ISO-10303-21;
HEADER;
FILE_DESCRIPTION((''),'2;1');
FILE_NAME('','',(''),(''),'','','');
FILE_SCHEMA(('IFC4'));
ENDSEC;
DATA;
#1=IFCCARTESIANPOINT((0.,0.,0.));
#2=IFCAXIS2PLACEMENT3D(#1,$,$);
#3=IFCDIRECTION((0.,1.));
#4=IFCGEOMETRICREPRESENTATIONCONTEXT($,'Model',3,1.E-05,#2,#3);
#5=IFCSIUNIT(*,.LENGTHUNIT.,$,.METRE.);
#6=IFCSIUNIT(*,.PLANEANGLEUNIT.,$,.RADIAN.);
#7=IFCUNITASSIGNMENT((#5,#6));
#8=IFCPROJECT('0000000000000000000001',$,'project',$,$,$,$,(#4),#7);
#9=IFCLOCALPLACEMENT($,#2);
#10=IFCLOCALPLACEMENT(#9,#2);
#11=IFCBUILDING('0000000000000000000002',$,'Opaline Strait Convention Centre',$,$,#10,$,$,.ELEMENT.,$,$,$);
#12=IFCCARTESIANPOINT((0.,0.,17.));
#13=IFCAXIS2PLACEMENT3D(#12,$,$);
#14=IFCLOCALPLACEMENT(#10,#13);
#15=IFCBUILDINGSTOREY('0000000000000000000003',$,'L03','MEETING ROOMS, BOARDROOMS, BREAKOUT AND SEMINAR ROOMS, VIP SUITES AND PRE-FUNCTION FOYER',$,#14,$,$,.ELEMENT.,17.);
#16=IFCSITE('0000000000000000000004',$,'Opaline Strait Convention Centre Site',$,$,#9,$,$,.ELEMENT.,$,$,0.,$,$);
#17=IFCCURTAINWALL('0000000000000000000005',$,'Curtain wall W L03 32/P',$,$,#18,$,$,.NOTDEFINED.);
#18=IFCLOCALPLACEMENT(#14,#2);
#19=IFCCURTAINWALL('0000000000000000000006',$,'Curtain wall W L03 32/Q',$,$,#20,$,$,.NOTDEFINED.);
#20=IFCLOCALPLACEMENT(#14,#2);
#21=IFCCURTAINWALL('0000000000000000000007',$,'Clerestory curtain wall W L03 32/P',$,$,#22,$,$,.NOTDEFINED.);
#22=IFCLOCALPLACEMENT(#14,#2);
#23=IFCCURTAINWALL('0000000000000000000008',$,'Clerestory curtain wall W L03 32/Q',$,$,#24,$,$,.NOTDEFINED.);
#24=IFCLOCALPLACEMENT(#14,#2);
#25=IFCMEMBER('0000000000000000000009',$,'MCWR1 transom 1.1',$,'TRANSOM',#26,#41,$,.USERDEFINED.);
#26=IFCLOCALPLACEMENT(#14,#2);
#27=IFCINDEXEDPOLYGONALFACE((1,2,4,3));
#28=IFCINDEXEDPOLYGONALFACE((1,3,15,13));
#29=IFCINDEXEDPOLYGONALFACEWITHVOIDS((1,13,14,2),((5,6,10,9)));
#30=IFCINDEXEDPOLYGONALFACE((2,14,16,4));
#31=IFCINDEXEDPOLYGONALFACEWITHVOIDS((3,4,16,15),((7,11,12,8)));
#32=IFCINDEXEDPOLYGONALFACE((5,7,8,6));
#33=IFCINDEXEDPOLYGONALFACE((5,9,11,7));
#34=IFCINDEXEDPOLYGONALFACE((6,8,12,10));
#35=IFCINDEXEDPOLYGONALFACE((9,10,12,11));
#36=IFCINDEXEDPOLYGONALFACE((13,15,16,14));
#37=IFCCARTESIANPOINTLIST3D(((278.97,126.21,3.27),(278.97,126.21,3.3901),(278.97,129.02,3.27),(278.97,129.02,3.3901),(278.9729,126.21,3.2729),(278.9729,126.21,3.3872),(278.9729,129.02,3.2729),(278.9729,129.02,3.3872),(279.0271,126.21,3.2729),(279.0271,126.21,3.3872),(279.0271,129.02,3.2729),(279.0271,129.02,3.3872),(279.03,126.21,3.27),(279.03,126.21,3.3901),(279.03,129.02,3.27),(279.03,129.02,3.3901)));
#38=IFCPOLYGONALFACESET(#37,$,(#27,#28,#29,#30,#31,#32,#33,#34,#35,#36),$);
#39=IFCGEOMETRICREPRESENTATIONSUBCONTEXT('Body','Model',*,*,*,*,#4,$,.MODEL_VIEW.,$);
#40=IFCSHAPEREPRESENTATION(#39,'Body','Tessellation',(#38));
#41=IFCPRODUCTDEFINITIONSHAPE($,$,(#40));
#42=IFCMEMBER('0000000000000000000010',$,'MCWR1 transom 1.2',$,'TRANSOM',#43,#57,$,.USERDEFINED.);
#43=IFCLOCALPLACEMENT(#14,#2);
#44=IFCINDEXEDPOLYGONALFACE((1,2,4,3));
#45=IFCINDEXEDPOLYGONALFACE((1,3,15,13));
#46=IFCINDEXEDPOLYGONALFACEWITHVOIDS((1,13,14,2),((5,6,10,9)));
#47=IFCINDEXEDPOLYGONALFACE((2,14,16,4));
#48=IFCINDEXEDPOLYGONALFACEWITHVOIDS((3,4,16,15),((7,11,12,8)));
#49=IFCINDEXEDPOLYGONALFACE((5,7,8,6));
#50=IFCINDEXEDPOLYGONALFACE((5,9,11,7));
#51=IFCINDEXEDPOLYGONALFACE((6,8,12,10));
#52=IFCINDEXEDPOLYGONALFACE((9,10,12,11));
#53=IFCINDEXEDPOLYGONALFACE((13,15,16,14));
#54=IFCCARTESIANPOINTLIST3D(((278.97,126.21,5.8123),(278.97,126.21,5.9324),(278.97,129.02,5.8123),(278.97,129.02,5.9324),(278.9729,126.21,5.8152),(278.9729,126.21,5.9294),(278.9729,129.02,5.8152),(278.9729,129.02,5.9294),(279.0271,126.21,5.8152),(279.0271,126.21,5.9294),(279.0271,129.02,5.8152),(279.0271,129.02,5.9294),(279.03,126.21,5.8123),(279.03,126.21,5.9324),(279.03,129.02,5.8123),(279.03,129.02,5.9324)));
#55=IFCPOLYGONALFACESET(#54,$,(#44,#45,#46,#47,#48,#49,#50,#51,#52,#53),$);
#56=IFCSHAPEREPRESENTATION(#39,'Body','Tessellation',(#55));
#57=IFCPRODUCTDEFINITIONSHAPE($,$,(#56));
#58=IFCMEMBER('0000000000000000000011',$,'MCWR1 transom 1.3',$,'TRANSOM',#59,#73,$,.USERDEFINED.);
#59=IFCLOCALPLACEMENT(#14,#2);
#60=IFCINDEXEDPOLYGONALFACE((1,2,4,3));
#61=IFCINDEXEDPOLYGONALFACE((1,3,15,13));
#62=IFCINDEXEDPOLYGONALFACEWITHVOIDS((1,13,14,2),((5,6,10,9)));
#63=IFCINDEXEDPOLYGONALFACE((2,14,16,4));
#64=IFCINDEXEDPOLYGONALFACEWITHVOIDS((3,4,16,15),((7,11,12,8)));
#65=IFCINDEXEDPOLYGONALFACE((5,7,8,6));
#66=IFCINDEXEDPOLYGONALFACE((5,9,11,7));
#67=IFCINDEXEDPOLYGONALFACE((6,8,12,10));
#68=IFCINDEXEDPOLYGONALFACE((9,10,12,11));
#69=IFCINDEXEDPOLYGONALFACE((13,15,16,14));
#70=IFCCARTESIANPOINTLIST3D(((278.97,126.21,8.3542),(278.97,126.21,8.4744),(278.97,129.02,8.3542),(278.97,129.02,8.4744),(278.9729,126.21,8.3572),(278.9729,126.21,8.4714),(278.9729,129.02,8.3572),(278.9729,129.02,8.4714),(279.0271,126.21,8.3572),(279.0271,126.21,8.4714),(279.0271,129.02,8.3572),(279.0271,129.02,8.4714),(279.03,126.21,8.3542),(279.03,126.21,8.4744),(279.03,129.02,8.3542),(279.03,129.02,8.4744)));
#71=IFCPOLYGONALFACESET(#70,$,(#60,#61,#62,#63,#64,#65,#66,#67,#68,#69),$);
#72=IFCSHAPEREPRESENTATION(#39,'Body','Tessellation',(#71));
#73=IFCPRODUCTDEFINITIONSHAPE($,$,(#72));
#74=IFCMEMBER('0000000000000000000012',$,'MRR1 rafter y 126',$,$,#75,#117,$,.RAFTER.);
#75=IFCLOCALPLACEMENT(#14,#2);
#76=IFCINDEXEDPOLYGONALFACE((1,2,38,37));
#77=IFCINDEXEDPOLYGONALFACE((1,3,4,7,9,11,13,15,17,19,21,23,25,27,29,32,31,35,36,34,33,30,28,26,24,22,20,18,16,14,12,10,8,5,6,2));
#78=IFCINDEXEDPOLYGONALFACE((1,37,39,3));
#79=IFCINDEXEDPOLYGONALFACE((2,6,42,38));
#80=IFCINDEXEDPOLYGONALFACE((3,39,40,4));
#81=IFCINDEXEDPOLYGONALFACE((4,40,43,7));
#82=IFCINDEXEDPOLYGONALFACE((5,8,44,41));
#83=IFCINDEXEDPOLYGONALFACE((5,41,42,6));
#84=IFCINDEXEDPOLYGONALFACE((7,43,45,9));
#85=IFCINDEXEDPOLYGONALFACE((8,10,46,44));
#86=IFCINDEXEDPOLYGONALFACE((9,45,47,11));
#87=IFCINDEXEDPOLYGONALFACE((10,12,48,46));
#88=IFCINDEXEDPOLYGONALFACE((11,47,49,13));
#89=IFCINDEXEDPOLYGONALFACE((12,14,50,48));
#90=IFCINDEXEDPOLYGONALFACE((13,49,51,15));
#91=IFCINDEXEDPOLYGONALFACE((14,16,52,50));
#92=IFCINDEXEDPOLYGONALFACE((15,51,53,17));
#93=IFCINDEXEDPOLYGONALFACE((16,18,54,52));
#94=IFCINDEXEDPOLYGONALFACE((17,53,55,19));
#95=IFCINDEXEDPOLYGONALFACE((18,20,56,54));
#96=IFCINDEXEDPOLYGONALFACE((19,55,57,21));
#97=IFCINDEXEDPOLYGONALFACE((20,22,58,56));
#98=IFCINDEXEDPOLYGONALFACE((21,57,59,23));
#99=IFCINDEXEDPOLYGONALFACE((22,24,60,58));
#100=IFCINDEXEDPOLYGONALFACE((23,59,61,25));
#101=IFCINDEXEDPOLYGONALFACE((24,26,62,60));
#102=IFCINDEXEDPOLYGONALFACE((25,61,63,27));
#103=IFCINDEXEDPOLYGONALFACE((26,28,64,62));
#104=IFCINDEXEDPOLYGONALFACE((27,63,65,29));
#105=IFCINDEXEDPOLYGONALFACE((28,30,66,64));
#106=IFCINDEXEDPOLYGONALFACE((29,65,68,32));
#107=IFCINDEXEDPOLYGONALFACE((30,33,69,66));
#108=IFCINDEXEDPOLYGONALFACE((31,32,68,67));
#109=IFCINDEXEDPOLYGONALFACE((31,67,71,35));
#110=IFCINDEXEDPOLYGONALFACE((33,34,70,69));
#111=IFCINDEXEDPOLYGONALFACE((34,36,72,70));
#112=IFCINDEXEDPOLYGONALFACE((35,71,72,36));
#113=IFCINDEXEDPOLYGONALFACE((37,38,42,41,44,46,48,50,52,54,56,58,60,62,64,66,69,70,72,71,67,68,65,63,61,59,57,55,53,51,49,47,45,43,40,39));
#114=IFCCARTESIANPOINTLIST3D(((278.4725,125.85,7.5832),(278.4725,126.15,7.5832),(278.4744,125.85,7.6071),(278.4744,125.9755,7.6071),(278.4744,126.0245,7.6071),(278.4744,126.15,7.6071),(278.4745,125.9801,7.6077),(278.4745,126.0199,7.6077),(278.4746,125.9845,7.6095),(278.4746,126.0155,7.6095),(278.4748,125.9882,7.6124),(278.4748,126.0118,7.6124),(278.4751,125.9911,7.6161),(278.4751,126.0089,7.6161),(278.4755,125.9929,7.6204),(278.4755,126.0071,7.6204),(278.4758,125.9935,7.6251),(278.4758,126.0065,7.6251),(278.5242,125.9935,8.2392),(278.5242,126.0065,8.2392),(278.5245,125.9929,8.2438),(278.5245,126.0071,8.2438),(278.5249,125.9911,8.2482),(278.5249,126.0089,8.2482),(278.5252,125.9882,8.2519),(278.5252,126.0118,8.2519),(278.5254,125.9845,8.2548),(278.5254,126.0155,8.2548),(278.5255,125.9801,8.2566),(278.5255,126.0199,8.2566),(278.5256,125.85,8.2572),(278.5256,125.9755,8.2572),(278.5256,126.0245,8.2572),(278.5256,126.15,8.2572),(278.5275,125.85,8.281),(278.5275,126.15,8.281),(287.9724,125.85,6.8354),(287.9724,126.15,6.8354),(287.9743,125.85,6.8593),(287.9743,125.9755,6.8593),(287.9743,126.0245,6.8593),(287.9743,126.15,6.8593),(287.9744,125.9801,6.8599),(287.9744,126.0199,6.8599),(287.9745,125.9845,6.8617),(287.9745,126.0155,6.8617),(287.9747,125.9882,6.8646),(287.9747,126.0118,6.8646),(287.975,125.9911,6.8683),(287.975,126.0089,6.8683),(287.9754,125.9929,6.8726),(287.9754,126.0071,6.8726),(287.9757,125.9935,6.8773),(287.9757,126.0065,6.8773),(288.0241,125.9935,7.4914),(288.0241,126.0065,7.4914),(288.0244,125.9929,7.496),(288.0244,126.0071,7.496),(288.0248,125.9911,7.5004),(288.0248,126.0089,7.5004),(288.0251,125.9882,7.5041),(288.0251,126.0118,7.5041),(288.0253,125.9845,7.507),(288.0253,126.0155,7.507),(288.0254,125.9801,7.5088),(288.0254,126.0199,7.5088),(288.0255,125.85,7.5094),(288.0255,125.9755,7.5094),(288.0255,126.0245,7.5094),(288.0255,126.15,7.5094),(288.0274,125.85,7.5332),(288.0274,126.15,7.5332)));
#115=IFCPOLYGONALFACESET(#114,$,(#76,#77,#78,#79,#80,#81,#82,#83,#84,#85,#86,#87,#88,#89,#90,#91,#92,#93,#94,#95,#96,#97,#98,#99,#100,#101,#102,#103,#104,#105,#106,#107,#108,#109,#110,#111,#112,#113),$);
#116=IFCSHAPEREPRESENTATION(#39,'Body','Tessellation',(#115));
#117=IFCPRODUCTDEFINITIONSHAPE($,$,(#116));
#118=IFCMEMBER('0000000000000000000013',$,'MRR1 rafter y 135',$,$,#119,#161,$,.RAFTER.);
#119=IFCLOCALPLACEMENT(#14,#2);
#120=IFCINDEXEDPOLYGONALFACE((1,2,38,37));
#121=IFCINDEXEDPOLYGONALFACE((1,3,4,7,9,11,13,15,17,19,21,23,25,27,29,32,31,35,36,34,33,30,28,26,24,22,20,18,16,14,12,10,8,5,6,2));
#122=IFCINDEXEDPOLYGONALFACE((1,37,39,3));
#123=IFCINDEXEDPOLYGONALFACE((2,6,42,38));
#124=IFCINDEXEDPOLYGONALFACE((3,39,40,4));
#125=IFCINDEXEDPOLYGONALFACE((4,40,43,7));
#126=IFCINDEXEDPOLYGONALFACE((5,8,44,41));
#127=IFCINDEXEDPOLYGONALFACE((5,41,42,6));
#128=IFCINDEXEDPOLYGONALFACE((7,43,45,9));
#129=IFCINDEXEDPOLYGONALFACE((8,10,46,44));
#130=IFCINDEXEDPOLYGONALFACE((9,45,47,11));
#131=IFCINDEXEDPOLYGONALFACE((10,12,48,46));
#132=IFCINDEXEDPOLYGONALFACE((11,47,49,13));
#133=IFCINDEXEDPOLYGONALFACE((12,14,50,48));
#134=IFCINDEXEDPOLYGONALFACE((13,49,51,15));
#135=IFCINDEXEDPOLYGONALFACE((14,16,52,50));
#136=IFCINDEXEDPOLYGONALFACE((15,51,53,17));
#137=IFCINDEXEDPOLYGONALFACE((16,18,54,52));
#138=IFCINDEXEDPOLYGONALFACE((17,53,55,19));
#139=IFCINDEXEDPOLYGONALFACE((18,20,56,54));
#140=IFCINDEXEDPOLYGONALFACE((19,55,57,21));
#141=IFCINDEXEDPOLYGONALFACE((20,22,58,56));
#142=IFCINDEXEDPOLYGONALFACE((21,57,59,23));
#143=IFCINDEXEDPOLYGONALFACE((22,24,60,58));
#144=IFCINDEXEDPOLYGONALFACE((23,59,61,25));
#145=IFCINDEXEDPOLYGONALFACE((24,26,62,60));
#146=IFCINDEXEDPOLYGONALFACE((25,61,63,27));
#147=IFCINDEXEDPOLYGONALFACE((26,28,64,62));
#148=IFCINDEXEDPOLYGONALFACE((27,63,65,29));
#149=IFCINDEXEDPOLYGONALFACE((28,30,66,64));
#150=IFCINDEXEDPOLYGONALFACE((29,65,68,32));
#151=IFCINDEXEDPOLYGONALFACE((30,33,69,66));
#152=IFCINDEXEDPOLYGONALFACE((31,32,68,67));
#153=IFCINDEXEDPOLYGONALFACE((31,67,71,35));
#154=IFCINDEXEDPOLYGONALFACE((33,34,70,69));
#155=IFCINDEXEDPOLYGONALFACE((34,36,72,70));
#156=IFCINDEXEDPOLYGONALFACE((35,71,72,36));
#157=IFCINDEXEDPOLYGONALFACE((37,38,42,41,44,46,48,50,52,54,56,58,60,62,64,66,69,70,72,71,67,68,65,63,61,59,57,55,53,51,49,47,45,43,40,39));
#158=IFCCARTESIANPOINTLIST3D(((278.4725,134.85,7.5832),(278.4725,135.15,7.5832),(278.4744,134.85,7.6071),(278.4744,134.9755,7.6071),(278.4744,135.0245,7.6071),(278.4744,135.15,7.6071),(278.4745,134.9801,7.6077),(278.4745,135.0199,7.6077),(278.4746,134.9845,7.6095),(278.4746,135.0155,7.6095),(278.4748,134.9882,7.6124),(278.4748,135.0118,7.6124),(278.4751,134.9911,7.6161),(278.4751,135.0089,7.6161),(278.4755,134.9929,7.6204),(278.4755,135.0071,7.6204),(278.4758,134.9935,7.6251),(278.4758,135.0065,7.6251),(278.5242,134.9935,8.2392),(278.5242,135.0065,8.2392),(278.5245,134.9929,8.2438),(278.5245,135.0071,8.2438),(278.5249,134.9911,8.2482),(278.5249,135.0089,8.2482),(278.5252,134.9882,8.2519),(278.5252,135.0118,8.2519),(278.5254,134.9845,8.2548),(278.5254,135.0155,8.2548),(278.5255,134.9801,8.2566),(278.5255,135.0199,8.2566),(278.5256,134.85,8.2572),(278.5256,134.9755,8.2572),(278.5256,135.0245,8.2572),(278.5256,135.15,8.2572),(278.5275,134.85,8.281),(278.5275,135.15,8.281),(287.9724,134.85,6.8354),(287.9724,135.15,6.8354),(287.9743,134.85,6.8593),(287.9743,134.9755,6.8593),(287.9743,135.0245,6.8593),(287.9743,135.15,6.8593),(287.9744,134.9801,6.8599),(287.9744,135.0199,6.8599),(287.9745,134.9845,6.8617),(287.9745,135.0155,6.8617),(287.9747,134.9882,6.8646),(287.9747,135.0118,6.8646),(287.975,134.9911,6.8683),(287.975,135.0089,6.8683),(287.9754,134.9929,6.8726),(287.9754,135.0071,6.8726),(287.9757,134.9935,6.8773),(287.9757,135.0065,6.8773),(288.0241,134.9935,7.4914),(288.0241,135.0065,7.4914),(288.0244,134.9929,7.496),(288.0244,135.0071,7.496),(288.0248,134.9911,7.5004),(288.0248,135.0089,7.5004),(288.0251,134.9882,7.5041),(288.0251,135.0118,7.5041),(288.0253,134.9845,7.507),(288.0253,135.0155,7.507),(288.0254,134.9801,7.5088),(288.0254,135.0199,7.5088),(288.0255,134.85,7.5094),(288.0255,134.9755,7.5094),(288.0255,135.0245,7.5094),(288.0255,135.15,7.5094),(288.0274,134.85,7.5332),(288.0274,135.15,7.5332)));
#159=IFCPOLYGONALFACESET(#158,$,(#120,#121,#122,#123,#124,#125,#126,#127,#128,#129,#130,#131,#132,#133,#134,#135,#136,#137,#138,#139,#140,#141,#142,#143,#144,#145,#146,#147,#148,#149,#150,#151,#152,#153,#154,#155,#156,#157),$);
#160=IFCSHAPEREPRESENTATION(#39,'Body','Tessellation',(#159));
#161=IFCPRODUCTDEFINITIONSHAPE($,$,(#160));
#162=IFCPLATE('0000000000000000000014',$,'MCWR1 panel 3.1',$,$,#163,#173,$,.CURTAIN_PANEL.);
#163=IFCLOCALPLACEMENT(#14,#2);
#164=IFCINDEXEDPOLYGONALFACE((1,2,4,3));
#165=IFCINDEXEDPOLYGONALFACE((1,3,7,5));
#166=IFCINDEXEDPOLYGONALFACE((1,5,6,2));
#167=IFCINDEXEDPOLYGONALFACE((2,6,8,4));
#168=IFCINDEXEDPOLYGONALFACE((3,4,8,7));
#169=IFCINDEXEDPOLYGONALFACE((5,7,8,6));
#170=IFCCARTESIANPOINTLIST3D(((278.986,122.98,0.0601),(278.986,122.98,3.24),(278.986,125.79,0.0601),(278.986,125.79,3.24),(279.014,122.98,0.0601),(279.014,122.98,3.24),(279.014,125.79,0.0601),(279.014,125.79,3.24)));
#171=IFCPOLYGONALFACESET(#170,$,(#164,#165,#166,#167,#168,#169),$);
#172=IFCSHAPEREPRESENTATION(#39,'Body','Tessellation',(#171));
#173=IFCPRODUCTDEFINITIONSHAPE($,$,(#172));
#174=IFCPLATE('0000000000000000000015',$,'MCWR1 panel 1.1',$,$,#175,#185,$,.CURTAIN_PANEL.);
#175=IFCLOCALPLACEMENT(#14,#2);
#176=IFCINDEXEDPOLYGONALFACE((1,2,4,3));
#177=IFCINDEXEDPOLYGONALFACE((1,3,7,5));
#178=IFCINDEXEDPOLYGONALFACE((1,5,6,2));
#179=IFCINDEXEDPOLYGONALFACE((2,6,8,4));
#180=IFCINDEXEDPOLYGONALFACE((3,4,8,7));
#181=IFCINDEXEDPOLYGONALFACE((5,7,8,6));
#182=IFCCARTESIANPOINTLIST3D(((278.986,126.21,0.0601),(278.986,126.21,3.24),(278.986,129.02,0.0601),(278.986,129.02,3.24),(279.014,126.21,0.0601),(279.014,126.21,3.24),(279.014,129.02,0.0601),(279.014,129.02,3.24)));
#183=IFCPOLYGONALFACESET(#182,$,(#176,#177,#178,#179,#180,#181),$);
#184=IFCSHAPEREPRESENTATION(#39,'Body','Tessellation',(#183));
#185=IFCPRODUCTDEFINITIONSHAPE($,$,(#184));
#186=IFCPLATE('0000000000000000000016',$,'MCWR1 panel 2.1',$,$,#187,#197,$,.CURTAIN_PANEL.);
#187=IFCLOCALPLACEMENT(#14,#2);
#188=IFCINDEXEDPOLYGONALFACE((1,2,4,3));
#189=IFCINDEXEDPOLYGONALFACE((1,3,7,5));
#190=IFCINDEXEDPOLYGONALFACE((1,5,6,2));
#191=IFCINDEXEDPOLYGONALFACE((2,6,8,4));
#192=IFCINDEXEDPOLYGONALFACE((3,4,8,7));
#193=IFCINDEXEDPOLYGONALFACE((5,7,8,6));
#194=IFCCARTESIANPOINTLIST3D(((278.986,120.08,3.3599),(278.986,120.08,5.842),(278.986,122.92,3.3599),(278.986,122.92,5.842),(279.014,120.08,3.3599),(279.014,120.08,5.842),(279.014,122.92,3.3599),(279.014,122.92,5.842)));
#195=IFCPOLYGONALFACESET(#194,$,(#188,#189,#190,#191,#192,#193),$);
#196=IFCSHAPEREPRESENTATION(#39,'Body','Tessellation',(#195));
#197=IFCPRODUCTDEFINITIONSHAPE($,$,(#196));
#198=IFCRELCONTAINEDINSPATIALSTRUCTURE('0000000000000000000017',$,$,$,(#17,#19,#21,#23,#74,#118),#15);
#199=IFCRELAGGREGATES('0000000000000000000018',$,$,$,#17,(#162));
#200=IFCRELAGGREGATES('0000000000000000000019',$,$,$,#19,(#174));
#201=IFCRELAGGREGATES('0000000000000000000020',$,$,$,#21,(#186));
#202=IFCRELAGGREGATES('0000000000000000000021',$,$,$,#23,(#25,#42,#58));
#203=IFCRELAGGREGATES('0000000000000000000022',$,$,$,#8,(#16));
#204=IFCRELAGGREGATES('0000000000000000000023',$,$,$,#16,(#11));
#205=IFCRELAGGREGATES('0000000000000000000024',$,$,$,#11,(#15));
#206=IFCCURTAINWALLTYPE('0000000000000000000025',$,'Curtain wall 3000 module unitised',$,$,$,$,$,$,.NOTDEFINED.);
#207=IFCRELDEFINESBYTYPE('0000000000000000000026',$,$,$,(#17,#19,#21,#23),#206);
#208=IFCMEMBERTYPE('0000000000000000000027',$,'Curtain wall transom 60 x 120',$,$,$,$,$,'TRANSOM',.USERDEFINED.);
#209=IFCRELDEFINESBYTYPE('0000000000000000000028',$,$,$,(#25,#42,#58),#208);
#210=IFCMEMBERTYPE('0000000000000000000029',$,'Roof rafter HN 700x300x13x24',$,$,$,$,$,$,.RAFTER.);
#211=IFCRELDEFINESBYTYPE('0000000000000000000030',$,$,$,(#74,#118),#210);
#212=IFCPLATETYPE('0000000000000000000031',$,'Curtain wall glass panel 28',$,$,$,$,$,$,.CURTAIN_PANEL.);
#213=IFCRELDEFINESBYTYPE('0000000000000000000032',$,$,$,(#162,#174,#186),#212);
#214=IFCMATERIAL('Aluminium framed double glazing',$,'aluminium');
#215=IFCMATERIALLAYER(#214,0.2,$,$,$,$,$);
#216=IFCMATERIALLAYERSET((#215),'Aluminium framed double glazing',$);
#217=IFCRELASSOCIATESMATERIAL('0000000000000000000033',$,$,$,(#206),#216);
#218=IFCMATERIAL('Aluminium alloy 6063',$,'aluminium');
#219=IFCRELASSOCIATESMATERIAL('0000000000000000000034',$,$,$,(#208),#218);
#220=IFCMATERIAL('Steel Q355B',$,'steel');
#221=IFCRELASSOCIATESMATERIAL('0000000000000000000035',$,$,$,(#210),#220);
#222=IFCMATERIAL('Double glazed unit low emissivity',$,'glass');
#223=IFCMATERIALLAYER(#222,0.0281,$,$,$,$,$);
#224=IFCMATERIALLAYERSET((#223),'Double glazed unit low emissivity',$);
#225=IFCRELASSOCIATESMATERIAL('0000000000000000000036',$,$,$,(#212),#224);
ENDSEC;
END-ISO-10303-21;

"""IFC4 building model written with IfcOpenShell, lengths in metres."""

from ifc_helpers import new_model, si_unit, direction, frame, origin, origin_2d, place, context, subcontext, project, spatial, rectangle, hollow_rectangle, i_section, extrude, material, layer, layer_set, material_profile, profile_set, type_object, element, aggregate, save


model = new_model("IFC4")

# Units and contexts
model_context = context("Model", 3, precision=1e-05, world=origin(), true_north=direction((0.0, 1.0)))
body_context = subcontext(model_context, "Body", "Model", "MODEL_VIEW")
ifc_project = project(units=[si_unit("LENGTHUNIT", "METRE"), si_unit("PLANEANGLEUNIT", "RADIAN")], contexts=[model_context])

# Site, building, storey
site_placement = place(None, origin())
site = spatial("IfcSite", under=ifc_project, at=site_placement, Name="Opaline Strait Convention Centre Site", CompositionType="ELEMENT", RefElevation=0.0)
building_placement = place(site_placement, origin())
building = spatial("IfcBuilding", under=site, at=building_placement, Name="Opaline Strait Convention Centre", CompositionType="ELEMENT")
storey_placement = place(building_placement, frame((0.0, 0.0, 17.0)))
storey = spatial("IfcBuildingStorey", under=building, at=storey_placement, Name="L03", Description="MEETING ROOMS, BOARDROOMS, BREAKOUT AND SEMINAR ROOMS, VIP SUITES AND PRE-FUNCTION FOYER", CompositionType="ELEMENT", Elevation=17.0)

# Shared definitions
ifc_material_1 = material(Name="Steel Q355B", Category="steel")

# Curtain walls
ifc_material_2 = material(Name="Aluminium framed double glazing", Category="aluminium")
ifc_layer_1 = layer(ifc_material_2, 0.2)
ifc_layer_set_1 = layer_set([ifc_layer_1], Name="Aluminium framed double glazing")
curtain_wall_type = type_object("IfcCurtainWallType", Name="Curtain wall 3000 module unitised", PredefinedType="NOTDEFINED", material=ifc_layer_set_1)
curtain_wall_1_placement = place(storey_placement, origin())
curtain_wall_1 = element("IfcCurtainWall", 1, at=curtain_wall_1_placement, inside=storey, type_object=curtain_wall_type, Name="Curtain wall W L03 32/P", PredefinedType="NOTDEFINED")
ifc_material_3 = material(Name="Aluminium alloy 6063", Category="aluminium")
curtain_wall_2_placement = place(storey_placement, origin())
curtain_wall_2 = element("IfcCurtainWall", 2, at=curtain_wall_2_placement, inside=storey, type_object=curtain_wall_type, Name="Curtain wall W L03 32/Q", PredefinedType="NOTDEFINED")
curtain_wall_3_placement = place(storey_placement, origin())
curtain_wall_3 = element("IfcCurtainWall", 3, at=curtain_wall_3_placement, inside=storey, type_object=curtain_wall_type, Name="Clerestory curtain wall W L03 32/P", PredefinedType="NOTDEFINED")
curtain_wall_4_placement = place(storey_placement, origin())
curtain_wall_4 = element("IfcCurtainWall", 4, at=curtain_wall_4_placement, inside=storey, type_object=curtain_wall_type, Name="Clerestory curtain wall W L03 32/Q", PredefinedType="NOTDEFINED")

# Members
ifc_material_profile_1 = material_profile(ifc_material_3, hollow_rectangle(XDim=0.0601, YDim=0.1201, WallThickness=0.0029, at=origin_2d()), Name="TRANSOM 60x120x3")
ifc_profile_set_1 = profile_set([ifc_material_profile_1], Name="Aluminium alloy 6063")
member_type_1 = type_object("IfcMemberType", Name="Curtain wall transom 60 x 120", ElementType="TRANSOM", PredefinedType="USERDEFINED", material=ifc_profile_set_1)
member_1_placement = place(storey_placement, frame((279.0, 126.21, 3.3301), z_axis=(0.0, 1.0, 0.0), x_axis=(-1.0, 0.0, 0.0)))
member_1 = element("IfcMember", 5, at=member_1_placement, type_object=member_type_1, Name="MCWR1 transom 1.1", ObjectType="TRANSOM", PredefinedType="USERDEFINED", context=body_context, shape_type="SweptSolid", body=[
    extrude(hollow_rectangle(XDim=0.0601, YDim=0.1201, WallThickness=0.0029, at=origin_2d()), origin(), (0.0, 0.0, 1.0), 2.8101),
])
member_2_placement = place(storey_placement, frame((279.0, 126.21, 5.8723), z_axis=(0.0, 1.0, 0.0), x_axis=(-1.0, 0.0, 0.0)))
member_2 = element("IfcMember", 6, at=member_2_placement, type_object=member_type_1, Name="MCWR1 transom 1.2", ObjectType="TRANSOM", PredefinedType="USERDEFINED", context=body_context, shape_type="SweptSolid", body=[
    extrude(hollow_rectangle(XDim=0.0601, YDim=0.1201, WallThickness=0.0029, at=origin_2d()), origin(), (0.0, 0.0, 1.0), 2.8101),
])
member_3_placement = place(storey_placement, frame((279.0, 126.21, 8.4143), z_axis=(0.0, 1.0, 0.0), x_axis=(-1.0, 0.0, 0.0)))
member_3 = element("IfcMember", 7, at=member_3_placement, type_object=member_type_1, Name="MCWR1 transom 1.3", ObjectType="TRANSOM", PredefinedType="USERDEFINED", context=body_context, shape_type="SweptSolid", body=[
    extrude(hollow_rectangle(XDim=0.0601, YDim=0.1201, WallThickness=0.0029, at=origin_2d()), origin(), (0.0, 0.0, 1.0), 2.8101),
])

# Members
ifc_material_profile_2 = material_profile(ifc_material_1, i_section(OverallWidth=0.3, OverallDepth=0.7, WebThickness=0.0129, FlangeThickness=0.0239, FilletRadius=0.0181, at=origin_2d()), Name="HN 700x300x13x24")
ifc_profile_set_2 = profile_set([ifc_material_profile_2], Name="Steel Q355B")
member_type_2 = type_object("IfcMemberType", Name="Roof rafter HN 700x300x13x24", PredefinedType="RAFTER", material=ifc_profile_set_2)
for number, where, z_axis, x_axis, name in (
    (8, (278.5, 126.0, 7.9321), (0.996916, 0.0, -0.078473), (0.0, 1.0, 0.0), "MRR1 rafter y 126"),
    (9, (278.5, 135.0, 7.9321), (0.996916, 0.0, -0.078473), (0.0, 1.0, 0.0), "MRR1 rafter y 135"),
):
    element("IfcMember", number, at=place(storey_placement, frame(where, z_axis=z_axis, x_axis=x_axis)), inside=storey, type_object=member_type_2, Name=name, PredefinedType="RAFTER", context=body_context, shape_type="SweptSolid", body=[
        extrude(i_section(OverallWidth=0.3, OverallDepth=0.7, WebThickness=0.0129, FlangeThickness=0.0239, FilletRadius=0.0181, at=origin_2d()), origin(), (0.0, 0.0, 1.0), 9.5293),
    ])

# Plates
ifc_material_4 = material(Name="Double glazed unit low emissivity", Category="glass")
ifc_layer_2 = layer(ifc_material_4, 0.0281)
ifc_layer_set_2 = layer_set([ifc_layer_2], Name="Double glazed unit low emissivity")
plate_type = type_object("IfcPlateType", Name="Curtain wall glass panel 28", PredefinedType="CURTAIN_PANEL", material=ifc_layer_set_2)
plate_1_placement = place(storey_placement, frame((279.0, 124.385, 0.0601), z_axis=(0.0, 0.0, 1.0), x_axis=(0.0, 1.0, 0.0)))
plate_1 = element("IfcPlate", 10, at=plate_1_placement, type_object=plate_type, Name="MCWR1 panel 3.1", PredefinedType="CURTAIN_PANEL", context=body_context, shape_type="SweptSolid", body=[
    extrude(rectangle(XDim=2.8101, YDim=0.0281, at=origin_2d()), origin(), (0.0, 0.0, 1.0), 3.1799),
])
aggregate(curtain_wall_1, [plate_1])
plate_2_placement = place(storey_placement, frame((279.0, 127.615, 0.0601), z_axis=(0.0, 0.0, 1.0), x_axis=(0.0, 1.0, 0.0)))
plate_2 = element("IfcPlate", 11, at=plate_2_placement, type_object=plate_type, Name="MCWR1 panel 1.1", PredefinedType="CURTAIN_PANEL", context=body_context, shape_type="SweptSolid", body=[
    extrude(rectangle(XDim=2.8101, YDim=0.0281, at=origin_2d()), origin(), (0.0, 0.0, 1.0), 3.1799),
])
aggregate(curtain_wall_2, [plate_2])
plate_3_placement = place(storey_placement, frame((279.0, 121.5, 3.3599), z_axis=(0.0, 0.0, 1.0), x_axis=(0.0, 1.0, 0.0)))
plate_3 = element("IfcPlate", 12, at=plate_3_placement, type_object=plate_type, Name="MCWR1 panel 2.1", PredefinedType="CURTAIN_PANEL", context=body_context, shape_type="SweptSolid", body=[
    extrude(rectangle(XDim=2.8401, YDim=0.0281, at=origin_2d()), origin(), (0.0, 0.0, 1.0), 2.4822),
])
aggregate(curtain_wall_3, [plate_3])
aggregate(curtain_wall_4, [member_1, member_2, member_3])

save(model, "model.ifc")
